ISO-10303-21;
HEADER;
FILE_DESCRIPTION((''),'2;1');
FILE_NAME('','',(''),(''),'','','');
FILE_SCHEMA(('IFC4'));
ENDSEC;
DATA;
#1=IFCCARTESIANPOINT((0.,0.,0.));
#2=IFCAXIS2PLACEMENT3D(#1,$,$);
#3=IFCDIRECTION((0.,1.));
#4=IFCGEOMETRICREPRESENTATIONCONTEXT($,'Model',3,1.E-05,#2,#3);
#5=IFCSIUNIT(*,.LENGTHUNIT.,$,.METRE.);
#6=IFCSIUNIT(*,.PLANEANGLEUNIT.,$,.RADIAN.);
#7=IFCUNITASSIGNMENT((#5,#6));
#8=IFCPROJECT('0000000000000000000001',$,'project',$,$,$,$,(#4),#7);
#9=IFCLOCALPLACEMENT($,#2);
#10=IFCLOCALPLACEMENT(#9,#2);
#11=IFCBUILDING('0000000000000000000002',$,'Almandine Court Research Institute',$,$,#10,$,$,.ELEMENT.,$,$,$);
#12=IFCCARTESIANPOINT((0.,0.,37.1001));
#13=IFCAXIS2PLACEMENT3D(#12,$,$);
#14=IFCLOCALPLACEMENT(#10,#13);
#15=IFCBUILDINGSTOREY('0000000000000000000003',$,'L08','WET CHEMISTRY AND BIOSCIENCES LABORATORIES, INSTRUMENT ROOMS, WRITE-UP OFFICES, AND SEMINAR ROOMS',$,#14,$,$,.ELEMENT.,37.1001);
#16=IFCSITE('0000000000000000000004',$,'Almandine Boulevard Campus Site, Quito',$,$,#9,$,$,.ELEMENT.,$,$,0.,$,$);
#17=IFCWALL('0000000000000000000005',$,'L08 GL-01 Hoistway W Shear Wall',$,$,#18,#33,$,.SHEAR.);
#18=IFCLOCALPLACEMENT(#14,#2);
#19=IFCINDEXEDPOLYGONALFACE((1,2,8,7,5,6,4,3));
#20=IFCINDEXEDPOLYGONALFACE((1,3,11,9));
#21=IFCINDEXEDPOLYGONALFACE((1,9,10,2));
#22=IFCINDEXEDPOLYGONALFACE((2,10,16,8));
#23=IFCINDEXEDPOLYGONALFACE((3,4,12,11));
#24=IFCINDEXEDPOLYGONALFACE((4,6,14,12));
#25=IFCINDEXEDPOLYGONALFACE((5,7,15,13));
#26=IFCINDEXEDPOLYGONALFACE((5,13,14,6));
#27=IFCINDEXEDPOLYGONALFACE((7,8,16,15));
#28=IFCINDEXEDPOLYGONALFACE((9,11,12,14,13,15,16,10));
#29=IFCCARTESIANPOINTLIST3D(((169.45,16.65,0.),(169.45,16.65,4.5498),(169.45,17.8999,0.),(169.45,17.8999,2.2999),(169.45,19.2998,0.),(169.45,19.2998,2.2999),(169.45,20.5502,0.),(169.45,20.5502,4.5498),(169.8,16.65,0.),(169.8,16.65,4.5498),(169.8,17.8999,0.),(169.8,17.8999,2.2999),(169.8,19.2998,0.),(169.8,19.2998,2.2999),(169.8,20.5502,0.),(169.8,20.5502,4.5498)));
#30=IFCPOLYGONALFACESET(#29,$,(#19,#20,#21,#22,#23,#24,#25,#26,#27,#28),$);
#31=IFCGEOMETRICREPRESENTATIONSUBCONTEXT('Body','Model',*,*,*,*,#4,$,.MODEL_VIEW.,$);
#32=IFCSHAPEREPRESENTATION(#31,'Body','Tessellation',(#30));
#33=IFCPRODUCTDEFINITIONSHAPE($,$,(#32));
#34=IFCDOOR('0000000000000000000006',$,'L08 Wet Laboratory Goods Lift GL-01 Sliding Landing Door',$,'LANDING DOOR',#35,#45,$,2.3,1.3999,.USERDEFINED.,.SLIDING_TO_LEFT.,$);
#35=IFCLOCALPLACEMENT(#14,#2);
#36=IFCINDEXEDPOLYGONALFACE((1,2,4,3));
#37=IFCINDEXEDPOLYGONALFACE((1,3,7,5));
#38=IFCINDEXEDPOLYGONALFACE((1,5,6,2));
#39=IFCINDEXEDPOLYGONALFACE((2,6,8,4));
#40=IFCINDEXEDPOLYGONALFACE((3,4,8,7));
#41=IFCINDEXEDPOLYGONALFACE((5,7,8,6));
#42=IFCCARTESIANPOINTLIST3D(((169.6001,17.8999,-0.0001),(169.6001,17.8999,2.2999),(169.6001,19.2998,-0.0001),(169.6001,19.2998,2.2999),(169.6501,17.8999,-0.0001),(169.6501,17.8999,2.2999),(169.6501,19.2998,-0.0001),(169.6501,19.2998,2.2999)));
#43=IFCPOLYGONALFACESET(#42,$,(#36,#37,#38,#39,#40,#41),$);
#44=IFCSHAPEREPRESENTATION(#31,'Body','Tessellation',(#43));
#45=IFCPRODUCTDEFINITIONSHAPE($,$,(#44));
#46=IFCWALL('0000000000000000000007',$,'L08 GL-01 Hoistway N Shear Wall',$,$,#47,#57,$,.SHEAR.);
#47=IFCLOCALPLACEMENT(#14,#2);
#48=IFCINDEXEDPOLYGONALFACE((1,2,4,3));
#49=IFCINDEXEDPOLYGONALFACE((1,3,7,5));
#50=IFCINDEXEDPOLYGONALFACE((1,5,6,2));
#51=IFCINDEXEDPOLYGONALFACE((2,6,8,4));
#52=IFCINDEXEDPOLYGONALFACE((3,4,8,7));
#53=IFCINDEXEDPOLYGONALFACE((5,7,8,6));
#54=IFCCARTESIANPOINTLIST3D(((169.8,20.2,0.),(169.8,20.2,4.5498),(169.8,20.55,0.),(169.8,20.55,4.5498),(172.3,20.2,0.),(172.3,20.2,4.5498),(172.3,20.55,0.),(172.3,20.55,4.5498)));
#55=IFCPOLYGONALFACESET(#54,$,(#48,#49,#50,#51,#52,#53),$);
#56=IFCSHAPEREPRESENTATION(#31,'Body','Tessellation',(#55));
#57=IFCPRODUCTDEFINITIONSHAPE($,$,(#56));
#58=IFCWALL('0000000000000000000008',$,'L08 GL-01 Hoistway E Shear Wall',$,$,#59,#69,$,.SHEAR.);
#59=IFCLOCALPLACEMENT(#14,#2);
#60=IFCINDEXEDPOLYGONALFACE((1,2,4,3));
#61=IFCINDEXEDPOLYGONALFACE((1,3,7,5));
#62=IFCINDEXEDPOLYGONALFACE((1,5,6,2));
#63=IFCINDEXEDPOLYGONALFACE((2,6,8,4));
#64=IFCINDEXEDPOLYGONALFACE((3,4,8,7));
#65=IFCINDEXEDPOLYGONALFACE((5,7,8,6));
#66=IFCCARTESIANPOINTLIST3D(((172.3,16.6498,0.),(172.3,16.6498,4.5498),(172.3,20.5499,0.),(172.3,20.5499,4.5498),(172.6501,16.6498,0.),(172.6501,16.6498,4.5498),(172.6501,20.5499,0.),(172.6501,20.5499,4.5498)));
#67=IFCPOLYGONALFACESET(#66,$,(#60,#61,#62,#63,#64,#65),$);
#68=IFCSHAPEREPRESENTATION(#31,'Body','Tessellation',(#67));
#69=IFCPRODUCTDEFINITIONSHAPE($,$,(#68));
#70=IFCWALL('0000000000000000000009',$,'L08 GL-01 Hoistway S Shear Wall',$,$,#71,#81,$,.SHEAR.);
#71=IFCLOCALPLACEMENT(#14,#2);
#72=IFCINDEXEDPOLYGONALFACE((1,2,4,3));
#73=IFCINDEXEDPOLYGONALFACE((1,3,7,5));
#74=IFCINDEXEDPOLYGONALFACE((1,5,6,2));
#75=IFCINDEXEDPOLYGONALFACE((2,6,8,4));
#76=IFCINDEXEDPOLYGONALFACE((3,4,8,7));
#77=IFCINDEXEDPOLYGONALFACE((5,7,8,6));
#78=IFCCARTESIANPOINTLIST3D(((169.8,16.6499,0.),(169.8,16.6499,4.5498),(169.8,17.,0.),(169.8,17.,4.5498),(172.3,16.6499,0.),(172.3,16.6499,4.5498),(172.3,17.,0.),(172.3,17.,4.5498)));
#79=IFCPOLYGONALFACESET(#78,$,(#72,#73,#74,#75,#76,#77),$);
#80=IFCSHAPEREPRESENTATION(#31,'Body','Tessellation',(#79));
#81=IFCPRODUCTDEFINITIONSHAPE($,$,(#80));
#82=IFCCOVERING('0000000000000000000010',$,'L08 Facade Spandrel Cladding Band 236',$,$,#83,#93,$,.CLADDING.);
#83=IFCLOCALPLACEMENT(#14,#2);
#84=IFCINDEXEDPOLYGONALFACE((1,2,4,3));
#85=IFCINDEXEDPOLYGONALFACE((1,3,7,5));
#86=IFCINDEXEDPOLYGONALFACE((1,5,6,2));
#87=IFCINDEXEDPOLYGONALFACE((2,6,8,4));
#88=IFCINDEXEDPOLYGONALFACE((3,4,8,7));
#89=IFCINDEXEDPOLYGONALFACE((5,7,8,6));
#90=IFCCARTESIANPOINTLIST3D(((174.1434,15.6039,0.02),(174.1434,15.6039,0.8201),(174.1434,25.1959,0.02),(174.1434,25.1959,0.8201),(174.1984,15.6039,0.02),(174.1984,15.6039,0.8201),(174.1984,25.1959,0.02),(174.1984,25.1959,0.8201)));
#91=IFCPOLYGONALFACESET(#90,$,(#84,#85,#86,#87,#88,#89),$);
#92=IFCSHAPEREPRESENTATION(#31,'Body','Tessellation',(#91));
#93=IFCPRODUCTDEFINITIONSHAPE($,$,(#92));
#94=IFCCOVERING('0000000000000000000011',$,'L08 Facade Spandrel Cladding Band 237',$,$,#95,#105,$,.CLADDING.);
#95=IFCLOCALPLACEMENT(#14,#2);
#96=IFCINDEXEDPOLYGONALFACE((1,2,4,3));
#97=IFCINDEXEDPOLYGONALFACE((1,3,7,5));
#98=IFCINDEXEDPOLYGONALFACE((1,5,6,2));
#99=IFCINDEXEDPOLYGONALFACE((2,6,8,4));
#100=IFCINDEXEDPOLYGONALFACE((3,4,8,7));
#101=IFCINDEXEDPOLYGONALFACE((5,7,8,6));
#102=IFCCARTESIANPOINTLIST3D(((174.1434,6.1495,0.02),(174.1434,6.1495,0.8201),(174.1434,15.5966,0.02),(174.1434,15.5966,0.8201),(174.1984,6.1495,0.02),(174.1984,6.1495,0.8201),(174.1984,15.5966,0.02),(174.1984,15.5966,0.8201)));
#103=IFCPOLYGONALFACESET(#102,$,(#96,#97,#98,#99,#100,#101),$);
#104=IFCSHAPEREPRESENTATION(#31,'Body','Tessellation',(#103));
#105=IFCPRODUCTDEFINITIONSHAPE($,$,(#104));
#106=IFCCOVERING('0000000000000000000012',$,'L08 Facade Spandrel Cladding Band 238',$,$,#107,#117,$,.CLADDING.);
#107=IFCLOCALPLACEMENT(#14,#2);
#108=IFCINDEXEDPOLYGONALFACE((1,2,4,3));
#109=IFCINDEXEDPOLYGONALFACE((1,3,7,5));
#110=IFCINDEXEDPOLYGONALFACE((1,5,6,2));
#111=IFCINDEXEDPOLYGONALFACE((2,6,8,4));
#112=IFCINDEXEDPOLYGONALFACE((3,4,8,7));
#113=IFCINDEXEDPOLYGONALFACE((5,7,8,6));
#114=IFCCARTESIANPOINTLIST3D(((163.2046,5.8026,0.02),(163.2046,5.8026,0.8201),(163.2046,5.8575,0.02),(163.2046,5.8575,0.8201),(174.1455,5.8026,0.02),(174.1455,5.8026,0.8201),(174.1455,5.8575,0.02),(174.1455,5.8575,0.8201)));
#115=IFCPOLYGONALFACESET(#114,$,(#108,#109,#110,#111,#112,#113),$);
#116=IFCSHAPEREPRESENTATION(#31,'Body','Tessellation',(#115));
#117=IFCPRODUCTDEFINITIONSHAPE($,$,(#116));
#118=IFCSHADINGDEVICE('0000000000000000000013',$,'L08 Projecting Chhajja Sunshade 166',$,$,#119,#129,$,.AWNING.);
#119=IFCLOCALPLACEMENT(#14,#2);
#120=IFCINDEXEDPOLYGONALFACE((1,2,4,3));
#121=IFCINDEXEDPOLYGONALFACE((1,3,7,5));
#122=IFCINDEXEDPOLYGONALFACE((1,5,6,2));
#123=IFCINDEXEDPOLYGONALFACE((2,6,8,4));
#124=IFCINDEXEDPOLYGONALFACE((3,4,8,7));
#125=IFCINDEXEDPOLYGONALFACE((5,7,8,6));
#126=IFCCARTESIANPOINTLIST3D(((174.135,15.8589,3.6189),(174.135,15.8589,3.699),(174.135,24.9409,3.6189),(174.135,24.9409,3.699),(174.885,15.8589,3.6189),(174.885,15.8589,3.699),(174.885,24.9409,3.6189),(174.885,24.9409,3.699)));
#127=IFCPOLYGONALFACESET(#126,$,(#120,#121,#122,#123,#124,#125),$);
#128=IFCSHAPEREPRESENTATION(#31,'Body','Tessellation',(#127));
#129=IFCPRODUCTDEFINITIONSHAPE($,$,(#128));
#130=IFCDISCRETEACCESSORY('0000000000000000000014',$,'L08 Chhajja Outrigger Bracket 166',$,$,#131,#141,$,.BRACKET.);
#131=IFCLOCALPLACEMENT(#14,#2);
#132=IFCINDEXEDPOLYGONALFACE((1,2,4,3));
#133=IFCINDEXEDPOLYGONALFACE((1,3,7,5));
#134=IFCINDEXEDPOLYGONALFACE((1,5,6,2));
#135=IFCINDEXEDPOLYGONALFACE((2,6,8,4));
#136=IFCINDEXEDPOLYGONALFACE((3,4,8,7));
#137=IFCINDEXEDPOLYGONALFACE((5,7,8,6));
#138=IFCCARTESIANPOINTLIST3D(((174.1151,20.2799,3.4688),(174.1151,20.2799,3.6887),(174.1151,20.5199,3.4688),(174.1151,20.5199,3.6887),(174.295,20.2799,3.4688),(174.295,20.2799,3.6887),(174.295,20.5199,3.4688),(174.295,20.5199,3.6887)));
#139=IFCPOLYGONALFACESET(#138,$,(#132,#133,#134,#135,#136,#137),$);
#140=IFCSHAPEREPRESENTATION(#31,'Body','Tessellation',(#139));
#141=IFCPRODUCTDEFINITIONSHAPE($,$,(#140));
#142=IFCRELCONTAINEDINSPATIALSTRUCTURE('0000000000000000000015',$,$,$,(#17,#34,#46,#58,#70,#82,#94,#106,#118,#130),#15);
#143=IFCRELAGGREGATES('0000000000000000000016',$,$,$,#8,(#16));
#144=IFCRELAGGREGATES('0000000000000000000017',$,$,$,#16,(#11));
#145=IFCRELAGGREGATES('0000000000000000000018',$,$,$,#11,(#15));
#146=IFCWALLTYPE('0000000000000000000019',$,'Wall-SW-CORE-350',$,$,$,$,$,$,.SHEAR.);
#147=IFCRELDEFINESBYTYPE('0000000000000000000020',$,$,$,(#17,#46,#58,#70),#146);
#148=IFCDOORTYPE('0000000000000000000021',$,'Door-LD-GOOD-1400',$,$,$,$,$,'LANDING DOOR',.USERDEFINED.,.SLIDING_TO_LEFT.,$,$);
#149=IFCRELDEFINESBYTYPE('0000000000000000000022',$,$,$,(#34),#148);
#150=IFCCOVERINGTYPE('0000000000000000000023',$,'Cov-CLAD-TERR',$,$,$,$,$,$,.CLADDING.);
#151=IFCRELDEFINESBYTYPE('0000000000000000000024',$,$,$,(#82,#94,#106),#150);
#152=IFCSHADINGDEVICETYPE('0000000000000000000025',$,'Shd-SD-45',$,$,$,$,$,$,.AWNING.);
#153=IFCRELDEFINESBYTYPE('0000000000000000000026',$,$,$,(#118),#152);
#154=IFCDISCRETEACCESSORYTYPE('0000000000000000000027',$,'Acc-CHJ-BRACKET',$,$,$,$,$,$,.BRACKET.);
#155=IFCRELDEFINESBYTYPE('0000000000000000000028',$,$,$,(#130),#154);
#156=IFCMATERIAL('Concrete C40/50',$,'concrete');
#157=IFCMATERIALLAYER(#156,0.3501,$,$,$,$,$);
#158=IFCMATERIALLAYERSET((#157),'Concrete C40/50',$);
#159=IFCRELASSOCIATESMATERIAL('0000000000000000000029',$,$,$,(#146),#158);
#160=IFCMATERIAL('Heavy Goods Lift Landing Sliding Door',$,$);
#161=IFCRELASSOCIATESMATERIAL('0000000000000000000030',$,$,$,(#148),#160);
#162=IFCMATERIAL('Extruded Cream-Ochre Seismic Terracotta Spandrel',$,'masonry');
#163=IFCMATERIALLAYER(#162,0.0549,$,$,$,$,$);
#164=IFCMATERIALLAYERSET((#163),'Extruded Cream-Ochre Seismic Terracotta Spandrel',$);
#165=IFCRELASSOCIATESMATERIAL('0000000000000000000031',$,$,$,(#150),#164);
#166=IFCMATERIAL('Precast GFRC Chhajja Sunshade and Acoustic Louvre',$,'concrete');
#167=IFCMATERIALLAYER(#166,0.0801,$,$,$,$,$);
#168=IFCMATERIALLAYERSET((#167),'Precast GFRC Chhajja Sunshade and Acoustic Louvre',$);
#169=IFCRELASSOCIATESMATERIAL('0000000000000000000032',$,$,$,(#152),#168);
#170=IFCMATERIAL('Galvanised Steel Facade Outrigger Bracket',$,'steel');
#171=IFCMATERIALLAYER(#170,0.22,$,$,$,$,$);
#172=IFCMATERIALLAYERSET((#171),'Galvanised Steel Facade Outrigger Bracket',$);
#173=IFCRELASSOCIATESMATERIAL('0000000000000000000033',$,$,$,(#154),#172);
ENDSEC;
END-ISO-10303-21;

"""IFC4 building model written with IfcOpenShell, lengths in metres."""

from ifc_helpers import new_model, si_unit, direction, frame, frame_2d, origin, origin_2d, place, context, subcontext, project, spatial, rectangle, extrude, material, layer, layer_set, type_object, element, fill, save


model = new_model("IFC4")

# Units and contexts
model_context = context("Model", 3, precision=1e-05, world=origin(), true_north=direction((0.0, 1.0)))
body_context = subcontext(model_context, "Body", "Model", "MODEL_VIEW")
ifc_project = project(units=[si_unit("LENGTHUNIT", "METRE"), si_unit("PLANEANGLEUNIT", "RADIAN")], contexts=[model_context])

# Site, building, storey
site_placement = place(None, origin())
site = spatial("IfcSite", under=ifc_project, at=site_placement, Name="Almandine Boulevard Campus Site, Quito", CompositionType="ELEMENT", RefElevation=0.0)
building_placement = place(site_placement, origin())
building = spatial("IfcBuilding", under=site, at=building_placement, Name="Almandine Court Research Institute", CompositionType="ELEMENT")
storey_placement = place(building_placement, frame((0.0, 0.0, 37.1001)))
storey = spatial("IfcBuildingStorey", under=building, at=storey_placement, Name="L08", Description="WET CHEMISTRY AND BIOSCIENCES LABORATORIES, INSTRUMENT ROOMS, WRITE-UP OFFICES, AND SEMINAR ROOMS", CompositionType="ELEMENT", Elevation=37.1001)

# Shared definitions
ifc_material_1 = material(Name="Concrete C40/50", Category="concrete")
ifc_layer_1 = layer(ifc_material_1, 0.3501)
ifc_layer_set_1 = layer_set([ifc_layer_1], Name="Concrete C40/50")
wall_type_1 = type_object("IfcWallType", Name="Wall-SW-CORE-350", PredefinedType="SHEAR", material=ifc_layer_set_1)

# Wall, opening, door
wall_1_placement = place(storey_placement, frame((169.625, 16.6499, 0.0), z_axis=(0.0, 0.0, 1.0), x_axis=(0.0, 1.0, 0.0)))
wall_1 = element("IfcWall", 1, at=wall_1_placement, inside=storey, type_object=wall_type_1, Name="L08 GL-01 Hoistway W Shear Wall", PredefinedType="SHEAR", context=body_context, shape_type="SweptSolid", body=[
    extrude(rectangle(XDim=3.9001, YDim=0.3501, at=frame_2d((1.9502, 0.0))), origin(), (0.0, 0.0, 1.0), 4.5498),
])
opening_1_placement = place(wall_1_placement, frame((1.25, 0.0, 0.0)))
opening_1 = element("IfcOpeningElement", 2, at=opening_1_placement, cuts=wall_1, PredefinedType="OPENING", context=body_context, shape_type="SweptSolid", body=[
    extrude(rectangle(XDim=1.3999, YDim=2.3, at=frame_2d((0.7, 1.1499))), frame((0.0, 0.1851, 0.0), z_axis=(0.0, -1.0, 0.0), x_axis=(1.0, 0.0, 0.0)), (0.0, 0.0, 1.0), 0.3701),
])
ifc_material_2 = material(Name="Heavy Goods Lift Landing Sliding Door")
door_type_1 = type_object("IfcDoorType", Name="Door-LD-GOOD-1400", ElementType="LANDING DOOR", OperationType="SLIDING_TO_LEFT", PredefinedType="USERDEFINED", material=ifc_material_2)
door_1_placement = place(opening_1_placement, origin())
door_1 = element("IfcDoor", 3, at=door_1_placement, inside=storey, type_object=door_type_1, Name="L08 Wet Laboratory Goods Lift GL-01 Sliding Landing Door", ObjectType="LANDING DOOR", OperationType="SLIDING_TO_LEFT", OverallHeight=2.3, OverallWidth=1.3999, PredefinedType="USERDEFINED", context=body_context, shape_type="SweptSolid", body=[
    extrude(rectangle(XDim=1.3999, YDim=2.3, at=frame_2d((0.7, 1.1499))), frame((0.0, 0.0249, 0.0), z_axis=(0.0, -1.0, 0.0), x_axis=(1.0, 0.0, 0.0)), (0.0, 0.0, 1.0), 0.05),
])
fill(opening_1, door_1)

# Walls
wall_2_placement = place(storey_placement, frame((169.8, 20.375, 0.0), z_axis=(0.0, 0.0, 1.0), x_axis=(1.0, 0.0, 0.0)))
element("IfcWall", 4, at=wall_2_placement, inside=storey, type_object=wall_type_1, Name="L08 GL-01 Hoistway N Shear Wall", PredefinedType="SHEAR", context=body_context, shape_type="SweptSolid", body=[
    extrude(rectangle(XDim=2.5, YDim=0.3501, at=frame_2d((1.25, 0.0))), origin(), (0.0, 0.0, 1.0), 4.5498),
])
wall_3_placement = place(storey_placement, frame((172.4751, 20.55, 0.0), z_axis=(0.0, 0.0, 1.0), x_axis=(0.0, -1.0, 0.0)))
element("IfcWall", 5, at=wall_3_placement, inside=storey, type_object=wall_type_1, Name="L08 GL-01 Hoistway E Shear Wall", PredefinedType="SHEAR", context=body_context, shape_type="SweptSolid", body=[
    extrude(rectangle(XDim=3.9001, YDim=0.3501, at=frame_2d((1.9502, 0.0))), origin(), (0.0, 0.0, 1.0), 4.5498),
])
wall_4_placement = place(storey_placement, frame((172.3, 16.825, 0.0), z_axis=(0.0, 0.0, 1.0), x_axis=(-1.0, 0.0, 0.0)))
element("IfcWall", 6, at=wall_4_placement, inside=storey, type_object=wall_type_1, Name="L08 GL-01 Hoistway S Shear Wall", PredefinedType="SHEAR", context=body_context, shape_type="SweptSolid", body=[
    extrude(rectangle(XDim=2.5, YDim=0.3501, at=frame_2d((1.25, 0.0))), origin(), (0.0, 0.0, 1.0), 4.5498),
])

# Coverings
ifc_material_3 = material(Name="Extruded Cream-Ochre Seismic Terracotta Spandrel", Category="masonry")
ifc_layer_2 = layer(ifc_material_3, 0.0549)
ifc_layer_set_2 = layer_set([ifc_layer_2], Name="Extruded Cream-Ochre Seismic Terracotta Spandrel")
covering_type = type_object("IfcCoveringType", Name="Cov-CLAD-TERR", PredefinedType="CLADDING", material=ifc_layer_set_2)
covering_1_placement = place(storey_placement, frame((174.1709, 20.3999, 0.02), z_axis=(0.0, 0.0, 1.0), x_axis=(0.0, -1.0, 0.0)))
element("IfcCovering", 7, at=covering_1_placement, inside=storey, type_object=covering_type, Name="L08 Facade Spandrel Cladding Band 236", PredefinedType="CLADDING", context=body_context, shape_type="SweptSolid", body=[
    extrude(rectangle(XDim=9.592, YDim=0.0549, at=origin_2d()), origin(), (0.0, 0.0, 1.0), 0.8),
])
covering_2_placement = place(storey_placement, frame((174.1709, 10.873, 0.02), z_axis=(0.0, 0.0, 1.0), x_axis=(0.0, -1.0, 0.0)))
element("IfcCovering", 8, at=covering_2_placement, inside=storey, type_object=covering_type, Name="L08 Facade Spandrel Cladding Band 237", PredefinedType="CLADDING", context=body_context, shape_type="SweptSolid", body=[
    extrude(rectangle(XDim=9.447, YDim=0.0549, at=origin_2d()), origin(), (0.0, 0.0, 1.0), 0.8),
])
covering_3_placement = place(storey_placement, frame((168.675, 5.8301, 0.02), z_axis=(0.0, 0.0, 1.0), x_axis=(-1.0, 0.0, 0.0)))
element("IfcCovering", 9, at=covering_3_placement, inside=storey, type_object=covering_type, Name="L08 Facade Spandrel Cladding Band 238", PredefinedType="CLADDING", context=body_context, shape_type="SweptSolid", body=[
    extrude(rectangle(XDim=10.9409, YDim=0.0549, at=origin_2d()), origin(), (0.0, 0.0, 1.0), 0.8),
])

# Shading device
ifc_material_4 = material(Name="Precast GFRC Chhajja Sunshade and Acoustic Louvre", Category="concrete")
ifc_layer_3 = layer(ifc_material_4, 0.0801)
ifc_layer_set_3 = layer_set([ifc_layer_3], Name="Precast GFRC Chhajja Sunshade and Acoustic Louvre")
shading_device_type = type_object("IfcShadingDeviceType", Name="Shd-SD-45", PredefinedType="AWNING", material=ifc_layer_set_3)
shading_device_placement = place(storey_placement, frame((174.51, 20.3999, 3.6189), z_axis=(0.0, 0.0, 1.0), x_axis=(0.0, -1.0, 0.0)))
element("IfcShadingDevice", 10, at=shading_device_placement, inside=storey, type_object=shading_device_type, Name="L08 Projecting Chhajja Sunshade 166", PredefinedType="AWNING", context=body_context, shape_type="SweptSolid", body=[
    extrude(rectangle(XDim=9.082, YDim=0.75, at=origin_2d()), origin(), (0.0, 0.0, 1.0), 0.0801),
])

# Discrete accessory
ifc_material_5 = material(Name="Galvanised Steel Facade Outrigger Bracket", Category="steel")
ifc_layer_4 = layer(ifc_material_5, 0.22)
ifc_layer_set_4 = layer_set([ifc_layer_4], Name="Galvanised Steel Facade Outrigger Bracket")
discrete_accessory_type = type_object("IfcDiscreteAccessoryType", Name="Acc-CHJ-BRACKET", PredefinedType="BRACKET", material=ifc_layer_set_4)
discrete_accessory_placement = place(storey_placement, frame((174.2051, 20.3999, 3.4688), z_axis=(0.0, 0.0, 1.0), x_axis=(0.0, -1.0, 0.0)))
element("IfcDiscreteAccessory", 11, at=discrete_accessory_placement, inside=storey, type_object=discrete_accessory_type, Name="L08 Chhajja Outrigger Bracket 166", PredefinedType="BRACKET", context=body_context, shape_type="SweptSolid", body=[
    extrude(rectangle(XDim=0.24, YDim=0.1799, at=origin_2d()), origin(), (0.0, 0.0, 1.0), 0.22),
])

save(model, "model.ifc")
